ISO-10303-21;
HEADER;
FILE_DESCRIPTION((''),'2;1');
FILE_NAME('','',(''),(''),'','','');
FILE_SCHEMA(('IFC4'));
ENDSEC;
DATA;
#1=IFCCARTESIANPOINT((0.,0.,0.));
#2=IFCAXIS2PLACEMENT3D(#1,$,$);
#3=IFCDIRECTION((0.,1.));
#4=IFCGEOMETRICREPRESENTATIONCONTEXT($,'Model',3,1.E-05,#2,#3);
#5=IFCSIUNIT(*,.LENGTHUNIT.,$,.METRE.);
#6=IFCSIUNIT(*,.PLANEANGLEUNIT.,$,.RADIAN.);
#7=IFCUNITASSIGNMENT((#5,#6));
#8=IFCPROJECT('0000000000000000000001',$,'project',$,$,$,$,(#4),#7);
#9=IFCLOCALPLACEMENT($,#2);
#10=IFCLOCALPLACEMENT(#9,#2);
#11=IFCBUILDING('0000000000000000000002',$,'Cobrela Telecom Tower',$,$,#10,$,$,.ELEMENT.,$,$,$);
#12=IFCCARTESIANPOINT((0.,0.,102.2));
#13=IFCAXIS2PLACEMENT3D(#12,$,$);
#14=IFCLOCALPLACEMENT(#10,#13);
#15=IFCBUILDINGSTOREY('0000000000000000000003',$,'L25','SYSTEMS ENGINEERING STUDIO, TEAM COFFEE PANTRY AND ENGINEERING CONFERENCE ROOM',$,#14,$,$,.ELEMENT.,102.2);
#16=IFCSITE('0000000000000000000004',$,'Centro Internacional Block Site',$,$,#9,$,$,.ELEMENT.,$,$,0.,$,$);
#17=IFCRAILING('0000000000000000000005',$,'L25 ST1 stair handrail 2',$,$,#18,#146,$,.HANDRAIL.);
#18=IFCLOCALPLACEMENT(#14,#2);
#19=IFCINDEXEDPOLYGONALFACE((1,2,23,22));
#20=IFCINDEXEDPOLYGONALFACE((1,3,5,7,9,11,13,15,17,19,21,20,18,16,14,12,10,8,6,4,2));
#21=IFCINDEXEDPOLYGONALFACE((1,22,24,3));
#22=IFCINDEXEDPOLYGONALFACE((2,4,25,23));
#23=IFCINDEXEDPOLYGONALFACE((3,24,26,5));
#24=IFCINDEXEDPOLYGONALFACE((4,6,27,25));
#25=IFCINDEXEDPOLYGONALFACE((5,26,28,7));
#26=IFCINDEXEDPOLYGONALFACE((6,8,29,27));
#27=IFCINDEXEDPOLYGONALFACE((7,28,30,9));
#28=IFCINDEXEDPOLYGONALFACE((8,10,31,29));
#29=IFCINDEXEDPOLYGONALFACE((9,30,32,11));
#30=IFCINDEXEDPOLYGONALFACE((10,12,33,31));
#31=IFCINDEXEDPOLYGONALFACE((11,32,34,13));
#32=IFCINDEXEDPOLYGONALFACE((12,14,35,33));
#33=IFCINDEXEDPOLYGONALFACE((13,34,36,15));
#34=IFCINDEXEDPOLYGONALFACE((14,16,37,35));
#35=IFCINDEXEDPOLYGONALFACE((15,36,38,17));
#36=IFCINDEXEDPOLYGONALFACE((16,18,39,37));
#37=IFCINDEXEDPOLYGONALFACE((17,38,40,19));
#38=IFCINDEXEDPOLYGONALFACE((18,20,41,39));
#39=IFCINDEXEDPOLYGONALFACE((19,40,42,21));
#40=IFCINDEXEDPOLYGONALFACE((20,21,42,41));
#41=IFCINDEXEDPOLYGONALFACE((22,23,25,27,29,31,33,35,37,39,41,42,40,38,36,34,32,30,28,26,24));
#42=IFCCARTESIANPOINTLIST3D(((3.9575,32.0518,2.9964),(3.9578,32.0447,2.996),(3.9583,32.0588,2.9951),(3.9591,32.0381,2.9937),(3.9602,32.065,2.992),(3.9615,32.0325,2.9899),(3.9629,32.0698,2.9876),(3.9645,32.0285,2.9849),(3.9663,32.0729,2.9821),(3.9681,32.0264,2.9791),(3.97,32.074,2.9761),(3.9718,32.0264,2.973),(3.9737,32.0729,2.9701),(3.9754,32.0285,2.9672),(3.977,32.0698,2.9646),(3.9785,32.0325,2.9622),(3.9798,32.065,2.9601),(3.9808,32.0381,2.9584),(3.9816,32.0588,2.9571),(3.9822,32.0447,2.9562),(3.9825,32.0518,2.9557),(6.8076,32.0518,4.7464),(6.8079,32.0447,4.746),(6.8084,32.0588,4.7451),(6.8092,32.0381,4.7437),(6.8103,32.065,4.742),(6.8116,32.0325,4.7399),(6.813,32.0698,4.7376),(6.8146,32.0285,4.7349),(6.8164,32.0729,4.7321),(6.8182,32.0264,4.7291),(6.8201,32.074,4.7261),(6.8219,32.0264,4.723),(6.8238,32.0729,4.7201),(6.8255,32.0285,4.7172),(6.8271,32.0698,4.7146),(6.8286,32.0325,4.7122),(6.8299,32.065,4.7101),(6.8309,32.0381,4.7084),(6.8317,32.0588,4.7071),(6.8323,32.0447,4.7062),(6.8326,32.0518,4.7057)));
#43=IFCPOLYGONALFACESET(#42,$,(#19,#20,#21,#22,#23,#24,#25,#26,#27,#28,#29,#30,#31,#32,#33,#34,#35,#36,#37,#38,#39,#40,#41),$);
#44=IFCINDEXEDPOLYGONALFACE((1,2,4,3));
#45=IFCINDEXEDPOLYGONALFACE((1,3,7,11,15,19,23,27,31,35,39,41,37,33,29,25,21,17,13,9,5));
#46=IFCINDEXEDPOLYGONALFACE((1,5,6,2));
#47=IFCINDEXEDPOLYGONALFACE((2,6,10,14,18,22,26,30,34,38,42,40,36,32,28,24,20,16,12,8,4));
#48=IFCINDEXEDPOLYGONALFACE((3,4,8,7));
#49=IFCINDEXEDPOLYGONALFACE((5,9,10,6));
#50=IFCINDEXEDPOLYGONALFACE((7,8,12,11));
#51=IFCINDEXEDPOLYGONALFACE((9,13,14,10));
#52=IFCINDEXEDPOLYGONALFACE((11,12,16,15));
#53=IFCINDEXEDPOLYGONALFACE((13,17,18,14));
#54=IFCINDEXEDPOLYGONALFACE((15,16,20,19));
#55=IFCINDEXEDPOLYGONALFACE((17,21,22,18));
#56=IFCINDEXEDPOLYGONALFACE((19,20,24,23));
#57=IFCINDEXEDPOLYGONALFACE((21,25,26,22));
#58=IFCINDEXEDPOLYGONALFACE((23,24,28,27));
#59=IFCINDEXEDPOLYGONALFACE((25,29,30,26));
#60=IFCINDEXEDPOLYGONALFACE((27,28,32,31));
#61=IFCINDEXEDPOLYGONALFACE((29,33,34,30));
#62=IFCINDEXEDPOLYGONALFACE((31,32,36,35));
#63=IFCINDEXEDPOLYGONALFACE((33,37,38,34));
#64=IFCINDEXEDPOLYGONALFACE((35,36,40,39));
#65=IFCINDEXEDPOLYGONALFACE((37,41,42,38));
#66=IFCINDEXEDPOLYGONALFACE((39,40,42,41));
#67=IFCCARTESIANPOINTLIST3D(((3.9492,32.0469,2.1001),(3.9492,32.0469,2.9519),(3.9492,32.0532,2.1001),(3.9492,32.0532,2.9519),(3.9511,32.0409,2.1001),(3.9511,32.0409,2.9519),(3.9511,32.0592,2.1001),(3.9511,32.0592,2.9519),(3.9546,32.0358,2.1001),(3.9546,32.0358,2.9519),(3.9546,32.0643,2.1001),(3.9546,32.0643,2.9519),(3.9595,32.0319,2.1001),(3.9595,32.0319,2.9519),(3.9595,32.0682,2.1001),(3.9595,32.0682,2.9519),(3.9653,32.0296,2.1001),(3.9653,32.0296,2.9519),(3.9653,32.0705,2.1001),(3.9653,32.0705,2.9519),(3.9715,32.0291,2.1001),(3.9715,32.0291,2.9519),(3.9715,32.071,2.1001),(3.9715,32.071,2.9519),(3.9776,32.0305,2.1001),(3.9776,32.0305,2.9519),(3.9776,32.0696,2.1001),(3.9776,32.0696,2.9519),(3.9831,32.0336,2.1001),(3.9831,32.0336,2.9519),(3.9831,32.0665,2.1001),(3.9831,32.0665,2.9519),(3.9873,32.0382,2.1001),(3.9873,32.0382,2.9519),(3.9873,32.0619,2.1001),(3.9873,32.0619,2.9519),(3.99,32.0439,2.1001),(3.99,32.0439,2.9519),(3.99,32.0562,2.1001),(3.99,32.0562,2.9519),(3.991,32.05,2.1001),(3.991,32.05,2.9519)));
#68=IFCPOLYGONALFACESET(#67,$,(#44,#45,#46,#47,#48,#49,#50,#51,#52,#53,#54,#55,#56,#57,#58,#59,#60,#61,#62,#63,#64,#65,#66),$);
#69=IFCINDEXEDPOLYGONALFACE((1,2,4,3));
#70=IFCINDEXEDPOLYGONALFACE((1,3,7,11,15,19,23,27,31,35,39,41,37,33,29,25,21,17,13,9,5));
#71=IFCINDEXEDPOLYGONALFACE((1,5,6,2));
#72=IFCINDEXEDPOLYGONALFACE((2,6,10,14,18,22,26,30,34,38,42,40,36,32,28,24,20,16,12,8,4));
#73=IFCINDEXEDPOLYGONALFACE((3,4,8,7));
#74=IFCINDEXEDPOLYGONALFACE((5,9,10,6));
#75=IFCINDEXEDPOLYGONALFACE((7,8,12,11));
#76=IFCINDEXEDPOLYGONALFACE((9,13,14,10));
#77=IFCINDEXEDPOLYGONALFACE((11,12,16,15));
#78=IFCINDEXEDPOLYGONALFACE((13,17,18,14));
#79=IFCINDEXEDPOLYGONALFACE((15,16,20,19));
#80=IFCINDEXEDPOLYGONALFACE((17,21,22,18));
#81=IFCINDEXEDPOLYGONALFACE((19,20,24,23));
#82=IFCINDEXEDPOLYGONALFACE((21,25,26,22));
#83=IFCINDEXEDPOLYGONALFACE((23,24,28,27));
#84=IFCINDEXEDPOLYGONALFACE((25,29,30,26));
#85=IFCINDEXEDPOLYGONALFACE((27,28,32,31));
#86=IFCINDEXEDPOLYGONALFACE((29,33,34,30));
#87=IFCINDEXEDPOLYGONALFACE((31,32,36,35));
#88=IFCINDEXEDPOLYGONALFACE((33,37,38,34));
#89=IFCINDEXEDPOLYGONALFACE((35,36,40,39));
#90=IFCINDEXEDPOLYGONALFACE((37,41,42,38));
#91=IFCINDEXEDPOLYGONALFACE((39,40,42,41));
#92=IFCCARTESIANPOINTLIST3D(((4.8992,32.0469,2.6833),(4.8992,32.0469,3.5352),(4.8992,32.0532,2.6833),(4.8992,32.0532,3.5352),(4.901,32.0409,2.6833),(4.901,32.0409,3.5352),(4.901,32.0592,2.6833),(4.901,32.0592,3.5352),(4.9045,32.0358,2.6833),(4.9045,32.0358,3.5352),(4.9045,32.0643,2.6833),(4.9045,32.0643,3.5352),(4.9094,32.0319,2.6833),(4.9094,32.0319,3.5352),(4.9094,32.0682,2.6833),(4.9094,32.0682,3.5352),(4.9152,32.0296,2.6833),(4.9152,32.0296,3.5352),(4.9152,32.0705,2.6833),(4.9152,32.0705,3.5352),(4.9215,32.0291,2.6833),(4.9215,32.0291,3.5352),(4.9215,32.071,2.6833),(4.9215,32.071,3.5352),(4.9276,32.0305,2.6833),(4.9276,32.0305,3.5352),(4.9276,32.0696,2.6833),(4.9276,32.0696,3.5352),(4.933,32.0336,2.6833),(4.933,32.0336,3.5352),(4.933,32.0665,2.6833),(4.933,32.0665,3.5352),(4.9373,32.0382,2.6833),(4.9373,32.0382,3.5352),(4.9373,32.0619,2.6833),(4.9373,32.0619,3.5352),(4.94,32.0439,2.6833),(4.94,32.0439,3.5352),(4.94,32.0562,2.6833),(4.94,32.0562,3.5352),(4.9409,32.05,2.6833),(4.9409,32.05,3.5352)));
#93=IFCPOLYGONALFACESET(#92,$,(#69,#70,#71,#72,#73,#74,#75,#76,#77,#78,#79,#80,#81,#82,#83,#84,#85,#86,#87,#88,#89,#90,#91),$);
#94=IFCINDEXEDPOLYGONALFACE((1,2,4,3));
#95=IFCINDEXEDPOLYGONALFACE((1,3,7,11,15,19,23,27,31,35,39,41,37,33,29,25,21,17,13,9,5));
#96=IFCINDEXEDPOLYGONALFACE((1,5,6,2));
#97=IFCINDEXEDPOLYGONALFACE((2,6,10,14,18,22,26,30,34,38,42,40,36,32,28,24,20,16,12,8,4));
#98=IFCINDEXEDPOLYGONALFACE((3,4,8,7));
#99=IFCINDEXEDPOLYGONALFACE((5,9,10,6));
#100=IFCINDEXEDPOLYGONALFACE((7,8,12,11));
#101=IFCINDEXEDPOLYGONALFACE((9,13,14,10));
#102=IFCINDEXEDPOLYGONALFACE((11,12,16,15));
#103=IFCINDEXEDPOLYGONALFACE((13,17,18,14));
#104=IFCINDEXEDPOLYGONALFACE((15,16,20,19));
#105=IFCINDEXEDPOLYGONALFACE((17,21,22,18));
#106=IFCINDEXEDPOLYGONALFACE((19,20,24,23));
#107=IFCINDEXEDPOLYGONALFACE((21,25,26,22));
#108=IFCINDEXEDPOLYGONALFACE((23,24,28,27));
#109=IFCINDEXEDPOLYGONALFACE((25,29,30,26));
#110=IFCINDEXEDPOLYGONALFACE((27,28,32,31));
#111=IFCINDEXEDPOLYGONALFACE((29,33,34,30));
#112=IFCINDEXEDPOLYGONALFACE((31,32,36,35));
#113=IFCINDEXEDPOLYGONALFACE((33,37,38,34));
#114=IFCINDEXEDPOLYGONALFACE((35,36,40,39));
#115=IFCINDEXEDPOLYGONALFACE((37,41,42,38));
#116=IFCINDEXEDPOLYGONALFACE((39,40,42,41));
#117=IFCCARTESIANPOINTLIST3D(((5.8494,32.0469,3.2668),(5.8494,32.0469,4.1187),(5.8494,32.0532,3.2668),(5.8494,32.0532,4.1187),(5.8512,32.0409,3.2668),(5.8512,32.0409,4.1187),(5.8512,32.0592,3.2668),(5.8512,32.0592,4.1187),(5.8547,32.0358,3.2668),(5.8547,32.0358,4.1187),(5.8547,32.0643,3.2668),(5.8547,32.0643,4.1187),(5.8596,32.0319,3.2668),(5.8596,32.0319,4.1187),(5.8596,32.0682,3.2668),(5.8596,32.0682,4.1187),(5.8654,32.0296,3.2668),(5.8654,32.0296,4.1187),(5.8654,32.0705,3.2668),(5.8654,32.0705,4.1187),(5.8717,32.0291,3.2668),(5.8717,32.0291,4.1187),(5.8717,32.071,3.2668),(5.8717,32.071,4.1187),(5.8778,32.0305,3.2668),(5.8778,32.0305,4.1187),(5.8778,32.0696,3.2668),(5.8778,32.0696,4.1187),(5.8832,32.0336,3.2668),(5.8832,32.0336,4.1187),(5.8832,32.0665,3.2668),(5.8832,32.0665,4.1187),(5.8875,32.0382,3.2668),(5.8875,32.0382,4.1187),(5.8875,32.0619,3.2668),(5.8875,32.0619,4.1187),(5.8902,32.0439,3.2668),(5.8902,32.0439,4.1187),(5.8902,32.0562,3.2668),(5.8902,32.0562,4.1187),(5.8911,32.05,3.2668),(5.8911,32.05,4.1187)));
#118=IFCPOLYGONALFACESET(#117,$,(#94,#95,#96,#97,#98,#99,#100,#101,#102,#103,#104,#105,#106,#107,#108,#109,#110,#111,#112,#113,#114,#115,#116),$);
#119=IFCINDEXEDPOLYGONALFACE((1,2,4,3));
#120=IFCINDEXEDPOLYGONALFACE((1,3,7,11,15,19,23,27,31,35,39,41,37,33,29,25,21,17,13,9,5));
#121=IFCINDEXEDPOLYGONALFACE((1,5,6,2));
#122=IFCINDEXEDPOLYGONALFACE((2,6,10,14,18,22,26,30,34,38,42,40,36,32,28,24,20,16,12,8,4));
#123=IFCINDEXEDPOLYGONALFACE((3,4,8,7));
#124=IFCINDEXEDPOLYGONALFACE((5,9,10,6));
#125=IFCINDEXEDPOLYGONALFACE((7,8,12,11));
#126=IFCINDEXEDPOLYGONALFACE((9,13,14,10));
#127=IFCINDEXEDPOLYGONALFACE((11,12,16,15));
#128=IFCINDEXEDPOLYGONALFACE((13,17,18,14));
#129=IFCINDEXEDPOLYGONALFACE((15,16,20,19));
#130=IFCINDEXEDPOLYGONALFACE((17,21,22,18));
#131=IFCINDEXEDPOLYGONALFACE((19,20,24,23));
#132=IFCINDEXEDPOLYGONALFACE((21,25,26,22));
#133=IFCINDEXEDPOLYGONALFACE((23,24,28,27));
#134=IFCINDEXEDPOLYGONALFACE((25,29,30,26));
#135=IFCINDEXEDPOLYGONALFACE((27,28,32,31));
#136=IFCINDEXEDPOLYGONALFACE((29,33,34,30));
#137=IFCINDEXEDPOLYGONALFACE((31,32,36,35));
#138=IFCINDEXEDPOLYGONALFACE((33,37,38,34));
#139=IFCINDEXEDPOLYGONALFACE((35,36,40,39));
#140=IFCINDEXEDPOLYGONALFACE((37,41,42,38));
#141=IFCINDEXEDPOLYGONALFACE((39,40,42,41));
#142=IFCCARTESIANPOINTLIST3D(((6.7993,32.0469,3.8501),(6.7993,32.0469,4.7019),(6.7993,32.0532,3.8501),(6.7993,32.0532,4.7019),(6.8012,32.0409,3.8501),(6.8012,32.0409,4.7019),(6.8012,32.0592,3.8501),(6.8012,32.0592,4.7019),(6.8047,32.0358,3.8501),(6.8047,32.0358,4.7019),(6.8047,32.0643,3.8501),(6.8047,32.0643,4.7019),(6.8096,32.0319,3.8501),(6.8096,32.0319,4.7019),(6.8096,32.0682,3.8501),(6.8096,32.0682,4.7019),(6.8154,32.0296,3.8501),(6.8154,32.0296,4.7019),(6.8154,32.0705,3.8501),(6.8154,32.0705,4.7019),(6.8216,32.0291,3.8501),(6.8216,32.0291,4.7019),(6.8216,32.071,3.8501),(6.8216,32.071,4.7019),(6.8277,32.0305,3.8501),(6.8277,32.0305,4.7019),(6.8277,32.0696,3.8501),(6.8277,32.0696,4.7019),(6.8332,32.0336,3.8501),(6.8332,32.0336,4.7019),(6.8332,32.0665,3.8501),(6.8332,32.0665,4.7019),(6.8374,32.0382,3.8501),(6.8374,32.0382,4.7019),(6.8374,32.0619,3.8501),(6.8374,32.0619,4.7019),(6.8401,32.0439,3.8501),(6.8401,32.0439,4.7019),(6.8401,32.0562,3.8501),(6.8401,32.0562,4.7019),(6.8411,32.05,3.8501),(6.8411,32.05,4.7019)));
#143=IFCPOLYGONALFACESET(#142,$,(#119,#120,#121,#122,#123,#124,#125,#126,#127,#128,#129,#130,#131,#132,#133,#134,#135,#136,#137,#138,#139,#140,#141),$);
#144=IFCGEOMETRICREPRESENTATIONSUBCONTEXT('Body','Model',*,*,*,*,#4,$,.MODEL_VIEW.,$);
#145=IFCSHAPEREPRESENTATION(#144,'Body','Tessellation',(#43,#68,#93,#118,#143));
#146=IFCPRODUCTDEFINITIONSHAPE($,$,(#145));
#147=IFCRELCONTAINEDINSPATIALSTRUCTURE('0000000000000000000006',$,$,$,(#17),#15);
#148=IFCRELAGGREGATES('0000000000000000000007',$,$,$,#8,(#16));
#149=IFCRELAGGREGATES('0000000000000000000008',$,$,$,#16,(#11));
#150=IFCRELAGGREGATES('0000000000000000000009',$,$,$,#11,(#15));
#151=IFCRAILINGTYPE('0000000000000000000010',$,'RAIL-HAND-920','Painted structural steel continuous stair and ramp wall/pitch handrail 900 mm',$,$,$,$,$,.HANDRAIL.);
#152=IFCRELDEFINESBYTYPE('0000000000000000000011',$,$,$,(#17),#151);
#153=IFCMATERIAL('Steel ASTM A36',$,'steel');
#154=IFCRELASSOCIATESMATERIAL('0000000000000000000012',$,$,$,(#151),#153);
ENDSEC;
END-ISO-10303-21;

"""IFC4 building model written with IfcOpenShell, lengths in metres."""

from ifc_helpers import new_model, si_unit, direction, frame, origin, origin_2d, place, context, subcontext, project, spatial, circle, extrude, material, type_object, element, save


model = new_model("IFC4")

# Units and contexts
model_context = context("Model", 3, precision=1e-05, world=origin(), true_north=direction((0.0, 1.0)))
body_context = subcontext(model_context, "Body", "Model", "MODEL_VIEW")
ifc_project = project(units=[si_unit("LENGTHUNIT", "METRE"), si_unit("PLANEANGLEUNIT", "RADIAN")], contexts=[model_context])

# Site, building, storey
site_placement = place(None, origin())
site = spatial("IfcSite", under=ifc_project, at=site_placement, Name="Centro Internacional Block Site", CompositionType="ELEMENT", RefElevation=0.0)
building_placement = place(site_placement, origin())
building = spatial("IfcBuilding", under=site, at=building_placement, Name="Cobrela Telecom Tower", CompositionType="ELEMENT")
storey_placement = place(building_placement, frame((0.0, 0.0, 102.2)))
storey = spatial("IfcBuildingStorey", under=building, at=storey_placement, Name="L25", Description="SYSTEMS ENGINEERING STUDIO, TEAM COFFEE PANTRY AND ENGINEERING CONFERENCE ROOM", CompositionType="ELEMENT", Elevation=102.2)

# Shared definitions
ifc_material_1 = material(Name="Steel ASTM A36", Category="steel")

# Railing
railing_type_1 = type_object("IfcRailingType", Name="RAIL-HAND-920", Description="Painted structural steel continuous stair and ramp wall/pitch handrail 900 mm", PredefinedType="HANDRAIL", material=ifc_material_1)
railing_1_placement = place(storey_placement, frame((3.97, 32.05, 2.1001)))
element("IfcRailing", 1, at=railing_1_placement, inside=storey, type_object=railing_type_1, Name="L25 ST1 stair handrail 2", PredefinedType="HANDRAIL", context=body_context, shape_type="SweptSolid", body=[
    extrude(circle(Radius=0.0239, at=origin_2d()), frame((0.0, 0.0, 0.876), z_axis=(0.852179, 0.0, 0.52325), x_axis=(0.0, 1.0, 0.0)), (0.0, 0.0, 1.0), 3.3445),
    extrude(circle(Radius=0.021, at=origin_2d()), origin(), (0.0, 0.0, 1.0), 0.8518),
    extrude(circle(Radius=0.021, at=origin_2d()), frame((0.95, 0.0, 0.5833)), (0.0, 0.0, 1.0), 0.8518),
    extrude(circle(Radius=0.021, at=origin_2d()), frame((1.9001, 0.0, 1.1667)), (0.0, 0.0, 1.0), 0.8518),
    extrude(circle(Radius=0.021, at=origin_2d()), frame((2.8501, 0.0, 1.75)), (0.0, 0.0, 1.0), 0.8518),
])

save(model, "model.ifc")
